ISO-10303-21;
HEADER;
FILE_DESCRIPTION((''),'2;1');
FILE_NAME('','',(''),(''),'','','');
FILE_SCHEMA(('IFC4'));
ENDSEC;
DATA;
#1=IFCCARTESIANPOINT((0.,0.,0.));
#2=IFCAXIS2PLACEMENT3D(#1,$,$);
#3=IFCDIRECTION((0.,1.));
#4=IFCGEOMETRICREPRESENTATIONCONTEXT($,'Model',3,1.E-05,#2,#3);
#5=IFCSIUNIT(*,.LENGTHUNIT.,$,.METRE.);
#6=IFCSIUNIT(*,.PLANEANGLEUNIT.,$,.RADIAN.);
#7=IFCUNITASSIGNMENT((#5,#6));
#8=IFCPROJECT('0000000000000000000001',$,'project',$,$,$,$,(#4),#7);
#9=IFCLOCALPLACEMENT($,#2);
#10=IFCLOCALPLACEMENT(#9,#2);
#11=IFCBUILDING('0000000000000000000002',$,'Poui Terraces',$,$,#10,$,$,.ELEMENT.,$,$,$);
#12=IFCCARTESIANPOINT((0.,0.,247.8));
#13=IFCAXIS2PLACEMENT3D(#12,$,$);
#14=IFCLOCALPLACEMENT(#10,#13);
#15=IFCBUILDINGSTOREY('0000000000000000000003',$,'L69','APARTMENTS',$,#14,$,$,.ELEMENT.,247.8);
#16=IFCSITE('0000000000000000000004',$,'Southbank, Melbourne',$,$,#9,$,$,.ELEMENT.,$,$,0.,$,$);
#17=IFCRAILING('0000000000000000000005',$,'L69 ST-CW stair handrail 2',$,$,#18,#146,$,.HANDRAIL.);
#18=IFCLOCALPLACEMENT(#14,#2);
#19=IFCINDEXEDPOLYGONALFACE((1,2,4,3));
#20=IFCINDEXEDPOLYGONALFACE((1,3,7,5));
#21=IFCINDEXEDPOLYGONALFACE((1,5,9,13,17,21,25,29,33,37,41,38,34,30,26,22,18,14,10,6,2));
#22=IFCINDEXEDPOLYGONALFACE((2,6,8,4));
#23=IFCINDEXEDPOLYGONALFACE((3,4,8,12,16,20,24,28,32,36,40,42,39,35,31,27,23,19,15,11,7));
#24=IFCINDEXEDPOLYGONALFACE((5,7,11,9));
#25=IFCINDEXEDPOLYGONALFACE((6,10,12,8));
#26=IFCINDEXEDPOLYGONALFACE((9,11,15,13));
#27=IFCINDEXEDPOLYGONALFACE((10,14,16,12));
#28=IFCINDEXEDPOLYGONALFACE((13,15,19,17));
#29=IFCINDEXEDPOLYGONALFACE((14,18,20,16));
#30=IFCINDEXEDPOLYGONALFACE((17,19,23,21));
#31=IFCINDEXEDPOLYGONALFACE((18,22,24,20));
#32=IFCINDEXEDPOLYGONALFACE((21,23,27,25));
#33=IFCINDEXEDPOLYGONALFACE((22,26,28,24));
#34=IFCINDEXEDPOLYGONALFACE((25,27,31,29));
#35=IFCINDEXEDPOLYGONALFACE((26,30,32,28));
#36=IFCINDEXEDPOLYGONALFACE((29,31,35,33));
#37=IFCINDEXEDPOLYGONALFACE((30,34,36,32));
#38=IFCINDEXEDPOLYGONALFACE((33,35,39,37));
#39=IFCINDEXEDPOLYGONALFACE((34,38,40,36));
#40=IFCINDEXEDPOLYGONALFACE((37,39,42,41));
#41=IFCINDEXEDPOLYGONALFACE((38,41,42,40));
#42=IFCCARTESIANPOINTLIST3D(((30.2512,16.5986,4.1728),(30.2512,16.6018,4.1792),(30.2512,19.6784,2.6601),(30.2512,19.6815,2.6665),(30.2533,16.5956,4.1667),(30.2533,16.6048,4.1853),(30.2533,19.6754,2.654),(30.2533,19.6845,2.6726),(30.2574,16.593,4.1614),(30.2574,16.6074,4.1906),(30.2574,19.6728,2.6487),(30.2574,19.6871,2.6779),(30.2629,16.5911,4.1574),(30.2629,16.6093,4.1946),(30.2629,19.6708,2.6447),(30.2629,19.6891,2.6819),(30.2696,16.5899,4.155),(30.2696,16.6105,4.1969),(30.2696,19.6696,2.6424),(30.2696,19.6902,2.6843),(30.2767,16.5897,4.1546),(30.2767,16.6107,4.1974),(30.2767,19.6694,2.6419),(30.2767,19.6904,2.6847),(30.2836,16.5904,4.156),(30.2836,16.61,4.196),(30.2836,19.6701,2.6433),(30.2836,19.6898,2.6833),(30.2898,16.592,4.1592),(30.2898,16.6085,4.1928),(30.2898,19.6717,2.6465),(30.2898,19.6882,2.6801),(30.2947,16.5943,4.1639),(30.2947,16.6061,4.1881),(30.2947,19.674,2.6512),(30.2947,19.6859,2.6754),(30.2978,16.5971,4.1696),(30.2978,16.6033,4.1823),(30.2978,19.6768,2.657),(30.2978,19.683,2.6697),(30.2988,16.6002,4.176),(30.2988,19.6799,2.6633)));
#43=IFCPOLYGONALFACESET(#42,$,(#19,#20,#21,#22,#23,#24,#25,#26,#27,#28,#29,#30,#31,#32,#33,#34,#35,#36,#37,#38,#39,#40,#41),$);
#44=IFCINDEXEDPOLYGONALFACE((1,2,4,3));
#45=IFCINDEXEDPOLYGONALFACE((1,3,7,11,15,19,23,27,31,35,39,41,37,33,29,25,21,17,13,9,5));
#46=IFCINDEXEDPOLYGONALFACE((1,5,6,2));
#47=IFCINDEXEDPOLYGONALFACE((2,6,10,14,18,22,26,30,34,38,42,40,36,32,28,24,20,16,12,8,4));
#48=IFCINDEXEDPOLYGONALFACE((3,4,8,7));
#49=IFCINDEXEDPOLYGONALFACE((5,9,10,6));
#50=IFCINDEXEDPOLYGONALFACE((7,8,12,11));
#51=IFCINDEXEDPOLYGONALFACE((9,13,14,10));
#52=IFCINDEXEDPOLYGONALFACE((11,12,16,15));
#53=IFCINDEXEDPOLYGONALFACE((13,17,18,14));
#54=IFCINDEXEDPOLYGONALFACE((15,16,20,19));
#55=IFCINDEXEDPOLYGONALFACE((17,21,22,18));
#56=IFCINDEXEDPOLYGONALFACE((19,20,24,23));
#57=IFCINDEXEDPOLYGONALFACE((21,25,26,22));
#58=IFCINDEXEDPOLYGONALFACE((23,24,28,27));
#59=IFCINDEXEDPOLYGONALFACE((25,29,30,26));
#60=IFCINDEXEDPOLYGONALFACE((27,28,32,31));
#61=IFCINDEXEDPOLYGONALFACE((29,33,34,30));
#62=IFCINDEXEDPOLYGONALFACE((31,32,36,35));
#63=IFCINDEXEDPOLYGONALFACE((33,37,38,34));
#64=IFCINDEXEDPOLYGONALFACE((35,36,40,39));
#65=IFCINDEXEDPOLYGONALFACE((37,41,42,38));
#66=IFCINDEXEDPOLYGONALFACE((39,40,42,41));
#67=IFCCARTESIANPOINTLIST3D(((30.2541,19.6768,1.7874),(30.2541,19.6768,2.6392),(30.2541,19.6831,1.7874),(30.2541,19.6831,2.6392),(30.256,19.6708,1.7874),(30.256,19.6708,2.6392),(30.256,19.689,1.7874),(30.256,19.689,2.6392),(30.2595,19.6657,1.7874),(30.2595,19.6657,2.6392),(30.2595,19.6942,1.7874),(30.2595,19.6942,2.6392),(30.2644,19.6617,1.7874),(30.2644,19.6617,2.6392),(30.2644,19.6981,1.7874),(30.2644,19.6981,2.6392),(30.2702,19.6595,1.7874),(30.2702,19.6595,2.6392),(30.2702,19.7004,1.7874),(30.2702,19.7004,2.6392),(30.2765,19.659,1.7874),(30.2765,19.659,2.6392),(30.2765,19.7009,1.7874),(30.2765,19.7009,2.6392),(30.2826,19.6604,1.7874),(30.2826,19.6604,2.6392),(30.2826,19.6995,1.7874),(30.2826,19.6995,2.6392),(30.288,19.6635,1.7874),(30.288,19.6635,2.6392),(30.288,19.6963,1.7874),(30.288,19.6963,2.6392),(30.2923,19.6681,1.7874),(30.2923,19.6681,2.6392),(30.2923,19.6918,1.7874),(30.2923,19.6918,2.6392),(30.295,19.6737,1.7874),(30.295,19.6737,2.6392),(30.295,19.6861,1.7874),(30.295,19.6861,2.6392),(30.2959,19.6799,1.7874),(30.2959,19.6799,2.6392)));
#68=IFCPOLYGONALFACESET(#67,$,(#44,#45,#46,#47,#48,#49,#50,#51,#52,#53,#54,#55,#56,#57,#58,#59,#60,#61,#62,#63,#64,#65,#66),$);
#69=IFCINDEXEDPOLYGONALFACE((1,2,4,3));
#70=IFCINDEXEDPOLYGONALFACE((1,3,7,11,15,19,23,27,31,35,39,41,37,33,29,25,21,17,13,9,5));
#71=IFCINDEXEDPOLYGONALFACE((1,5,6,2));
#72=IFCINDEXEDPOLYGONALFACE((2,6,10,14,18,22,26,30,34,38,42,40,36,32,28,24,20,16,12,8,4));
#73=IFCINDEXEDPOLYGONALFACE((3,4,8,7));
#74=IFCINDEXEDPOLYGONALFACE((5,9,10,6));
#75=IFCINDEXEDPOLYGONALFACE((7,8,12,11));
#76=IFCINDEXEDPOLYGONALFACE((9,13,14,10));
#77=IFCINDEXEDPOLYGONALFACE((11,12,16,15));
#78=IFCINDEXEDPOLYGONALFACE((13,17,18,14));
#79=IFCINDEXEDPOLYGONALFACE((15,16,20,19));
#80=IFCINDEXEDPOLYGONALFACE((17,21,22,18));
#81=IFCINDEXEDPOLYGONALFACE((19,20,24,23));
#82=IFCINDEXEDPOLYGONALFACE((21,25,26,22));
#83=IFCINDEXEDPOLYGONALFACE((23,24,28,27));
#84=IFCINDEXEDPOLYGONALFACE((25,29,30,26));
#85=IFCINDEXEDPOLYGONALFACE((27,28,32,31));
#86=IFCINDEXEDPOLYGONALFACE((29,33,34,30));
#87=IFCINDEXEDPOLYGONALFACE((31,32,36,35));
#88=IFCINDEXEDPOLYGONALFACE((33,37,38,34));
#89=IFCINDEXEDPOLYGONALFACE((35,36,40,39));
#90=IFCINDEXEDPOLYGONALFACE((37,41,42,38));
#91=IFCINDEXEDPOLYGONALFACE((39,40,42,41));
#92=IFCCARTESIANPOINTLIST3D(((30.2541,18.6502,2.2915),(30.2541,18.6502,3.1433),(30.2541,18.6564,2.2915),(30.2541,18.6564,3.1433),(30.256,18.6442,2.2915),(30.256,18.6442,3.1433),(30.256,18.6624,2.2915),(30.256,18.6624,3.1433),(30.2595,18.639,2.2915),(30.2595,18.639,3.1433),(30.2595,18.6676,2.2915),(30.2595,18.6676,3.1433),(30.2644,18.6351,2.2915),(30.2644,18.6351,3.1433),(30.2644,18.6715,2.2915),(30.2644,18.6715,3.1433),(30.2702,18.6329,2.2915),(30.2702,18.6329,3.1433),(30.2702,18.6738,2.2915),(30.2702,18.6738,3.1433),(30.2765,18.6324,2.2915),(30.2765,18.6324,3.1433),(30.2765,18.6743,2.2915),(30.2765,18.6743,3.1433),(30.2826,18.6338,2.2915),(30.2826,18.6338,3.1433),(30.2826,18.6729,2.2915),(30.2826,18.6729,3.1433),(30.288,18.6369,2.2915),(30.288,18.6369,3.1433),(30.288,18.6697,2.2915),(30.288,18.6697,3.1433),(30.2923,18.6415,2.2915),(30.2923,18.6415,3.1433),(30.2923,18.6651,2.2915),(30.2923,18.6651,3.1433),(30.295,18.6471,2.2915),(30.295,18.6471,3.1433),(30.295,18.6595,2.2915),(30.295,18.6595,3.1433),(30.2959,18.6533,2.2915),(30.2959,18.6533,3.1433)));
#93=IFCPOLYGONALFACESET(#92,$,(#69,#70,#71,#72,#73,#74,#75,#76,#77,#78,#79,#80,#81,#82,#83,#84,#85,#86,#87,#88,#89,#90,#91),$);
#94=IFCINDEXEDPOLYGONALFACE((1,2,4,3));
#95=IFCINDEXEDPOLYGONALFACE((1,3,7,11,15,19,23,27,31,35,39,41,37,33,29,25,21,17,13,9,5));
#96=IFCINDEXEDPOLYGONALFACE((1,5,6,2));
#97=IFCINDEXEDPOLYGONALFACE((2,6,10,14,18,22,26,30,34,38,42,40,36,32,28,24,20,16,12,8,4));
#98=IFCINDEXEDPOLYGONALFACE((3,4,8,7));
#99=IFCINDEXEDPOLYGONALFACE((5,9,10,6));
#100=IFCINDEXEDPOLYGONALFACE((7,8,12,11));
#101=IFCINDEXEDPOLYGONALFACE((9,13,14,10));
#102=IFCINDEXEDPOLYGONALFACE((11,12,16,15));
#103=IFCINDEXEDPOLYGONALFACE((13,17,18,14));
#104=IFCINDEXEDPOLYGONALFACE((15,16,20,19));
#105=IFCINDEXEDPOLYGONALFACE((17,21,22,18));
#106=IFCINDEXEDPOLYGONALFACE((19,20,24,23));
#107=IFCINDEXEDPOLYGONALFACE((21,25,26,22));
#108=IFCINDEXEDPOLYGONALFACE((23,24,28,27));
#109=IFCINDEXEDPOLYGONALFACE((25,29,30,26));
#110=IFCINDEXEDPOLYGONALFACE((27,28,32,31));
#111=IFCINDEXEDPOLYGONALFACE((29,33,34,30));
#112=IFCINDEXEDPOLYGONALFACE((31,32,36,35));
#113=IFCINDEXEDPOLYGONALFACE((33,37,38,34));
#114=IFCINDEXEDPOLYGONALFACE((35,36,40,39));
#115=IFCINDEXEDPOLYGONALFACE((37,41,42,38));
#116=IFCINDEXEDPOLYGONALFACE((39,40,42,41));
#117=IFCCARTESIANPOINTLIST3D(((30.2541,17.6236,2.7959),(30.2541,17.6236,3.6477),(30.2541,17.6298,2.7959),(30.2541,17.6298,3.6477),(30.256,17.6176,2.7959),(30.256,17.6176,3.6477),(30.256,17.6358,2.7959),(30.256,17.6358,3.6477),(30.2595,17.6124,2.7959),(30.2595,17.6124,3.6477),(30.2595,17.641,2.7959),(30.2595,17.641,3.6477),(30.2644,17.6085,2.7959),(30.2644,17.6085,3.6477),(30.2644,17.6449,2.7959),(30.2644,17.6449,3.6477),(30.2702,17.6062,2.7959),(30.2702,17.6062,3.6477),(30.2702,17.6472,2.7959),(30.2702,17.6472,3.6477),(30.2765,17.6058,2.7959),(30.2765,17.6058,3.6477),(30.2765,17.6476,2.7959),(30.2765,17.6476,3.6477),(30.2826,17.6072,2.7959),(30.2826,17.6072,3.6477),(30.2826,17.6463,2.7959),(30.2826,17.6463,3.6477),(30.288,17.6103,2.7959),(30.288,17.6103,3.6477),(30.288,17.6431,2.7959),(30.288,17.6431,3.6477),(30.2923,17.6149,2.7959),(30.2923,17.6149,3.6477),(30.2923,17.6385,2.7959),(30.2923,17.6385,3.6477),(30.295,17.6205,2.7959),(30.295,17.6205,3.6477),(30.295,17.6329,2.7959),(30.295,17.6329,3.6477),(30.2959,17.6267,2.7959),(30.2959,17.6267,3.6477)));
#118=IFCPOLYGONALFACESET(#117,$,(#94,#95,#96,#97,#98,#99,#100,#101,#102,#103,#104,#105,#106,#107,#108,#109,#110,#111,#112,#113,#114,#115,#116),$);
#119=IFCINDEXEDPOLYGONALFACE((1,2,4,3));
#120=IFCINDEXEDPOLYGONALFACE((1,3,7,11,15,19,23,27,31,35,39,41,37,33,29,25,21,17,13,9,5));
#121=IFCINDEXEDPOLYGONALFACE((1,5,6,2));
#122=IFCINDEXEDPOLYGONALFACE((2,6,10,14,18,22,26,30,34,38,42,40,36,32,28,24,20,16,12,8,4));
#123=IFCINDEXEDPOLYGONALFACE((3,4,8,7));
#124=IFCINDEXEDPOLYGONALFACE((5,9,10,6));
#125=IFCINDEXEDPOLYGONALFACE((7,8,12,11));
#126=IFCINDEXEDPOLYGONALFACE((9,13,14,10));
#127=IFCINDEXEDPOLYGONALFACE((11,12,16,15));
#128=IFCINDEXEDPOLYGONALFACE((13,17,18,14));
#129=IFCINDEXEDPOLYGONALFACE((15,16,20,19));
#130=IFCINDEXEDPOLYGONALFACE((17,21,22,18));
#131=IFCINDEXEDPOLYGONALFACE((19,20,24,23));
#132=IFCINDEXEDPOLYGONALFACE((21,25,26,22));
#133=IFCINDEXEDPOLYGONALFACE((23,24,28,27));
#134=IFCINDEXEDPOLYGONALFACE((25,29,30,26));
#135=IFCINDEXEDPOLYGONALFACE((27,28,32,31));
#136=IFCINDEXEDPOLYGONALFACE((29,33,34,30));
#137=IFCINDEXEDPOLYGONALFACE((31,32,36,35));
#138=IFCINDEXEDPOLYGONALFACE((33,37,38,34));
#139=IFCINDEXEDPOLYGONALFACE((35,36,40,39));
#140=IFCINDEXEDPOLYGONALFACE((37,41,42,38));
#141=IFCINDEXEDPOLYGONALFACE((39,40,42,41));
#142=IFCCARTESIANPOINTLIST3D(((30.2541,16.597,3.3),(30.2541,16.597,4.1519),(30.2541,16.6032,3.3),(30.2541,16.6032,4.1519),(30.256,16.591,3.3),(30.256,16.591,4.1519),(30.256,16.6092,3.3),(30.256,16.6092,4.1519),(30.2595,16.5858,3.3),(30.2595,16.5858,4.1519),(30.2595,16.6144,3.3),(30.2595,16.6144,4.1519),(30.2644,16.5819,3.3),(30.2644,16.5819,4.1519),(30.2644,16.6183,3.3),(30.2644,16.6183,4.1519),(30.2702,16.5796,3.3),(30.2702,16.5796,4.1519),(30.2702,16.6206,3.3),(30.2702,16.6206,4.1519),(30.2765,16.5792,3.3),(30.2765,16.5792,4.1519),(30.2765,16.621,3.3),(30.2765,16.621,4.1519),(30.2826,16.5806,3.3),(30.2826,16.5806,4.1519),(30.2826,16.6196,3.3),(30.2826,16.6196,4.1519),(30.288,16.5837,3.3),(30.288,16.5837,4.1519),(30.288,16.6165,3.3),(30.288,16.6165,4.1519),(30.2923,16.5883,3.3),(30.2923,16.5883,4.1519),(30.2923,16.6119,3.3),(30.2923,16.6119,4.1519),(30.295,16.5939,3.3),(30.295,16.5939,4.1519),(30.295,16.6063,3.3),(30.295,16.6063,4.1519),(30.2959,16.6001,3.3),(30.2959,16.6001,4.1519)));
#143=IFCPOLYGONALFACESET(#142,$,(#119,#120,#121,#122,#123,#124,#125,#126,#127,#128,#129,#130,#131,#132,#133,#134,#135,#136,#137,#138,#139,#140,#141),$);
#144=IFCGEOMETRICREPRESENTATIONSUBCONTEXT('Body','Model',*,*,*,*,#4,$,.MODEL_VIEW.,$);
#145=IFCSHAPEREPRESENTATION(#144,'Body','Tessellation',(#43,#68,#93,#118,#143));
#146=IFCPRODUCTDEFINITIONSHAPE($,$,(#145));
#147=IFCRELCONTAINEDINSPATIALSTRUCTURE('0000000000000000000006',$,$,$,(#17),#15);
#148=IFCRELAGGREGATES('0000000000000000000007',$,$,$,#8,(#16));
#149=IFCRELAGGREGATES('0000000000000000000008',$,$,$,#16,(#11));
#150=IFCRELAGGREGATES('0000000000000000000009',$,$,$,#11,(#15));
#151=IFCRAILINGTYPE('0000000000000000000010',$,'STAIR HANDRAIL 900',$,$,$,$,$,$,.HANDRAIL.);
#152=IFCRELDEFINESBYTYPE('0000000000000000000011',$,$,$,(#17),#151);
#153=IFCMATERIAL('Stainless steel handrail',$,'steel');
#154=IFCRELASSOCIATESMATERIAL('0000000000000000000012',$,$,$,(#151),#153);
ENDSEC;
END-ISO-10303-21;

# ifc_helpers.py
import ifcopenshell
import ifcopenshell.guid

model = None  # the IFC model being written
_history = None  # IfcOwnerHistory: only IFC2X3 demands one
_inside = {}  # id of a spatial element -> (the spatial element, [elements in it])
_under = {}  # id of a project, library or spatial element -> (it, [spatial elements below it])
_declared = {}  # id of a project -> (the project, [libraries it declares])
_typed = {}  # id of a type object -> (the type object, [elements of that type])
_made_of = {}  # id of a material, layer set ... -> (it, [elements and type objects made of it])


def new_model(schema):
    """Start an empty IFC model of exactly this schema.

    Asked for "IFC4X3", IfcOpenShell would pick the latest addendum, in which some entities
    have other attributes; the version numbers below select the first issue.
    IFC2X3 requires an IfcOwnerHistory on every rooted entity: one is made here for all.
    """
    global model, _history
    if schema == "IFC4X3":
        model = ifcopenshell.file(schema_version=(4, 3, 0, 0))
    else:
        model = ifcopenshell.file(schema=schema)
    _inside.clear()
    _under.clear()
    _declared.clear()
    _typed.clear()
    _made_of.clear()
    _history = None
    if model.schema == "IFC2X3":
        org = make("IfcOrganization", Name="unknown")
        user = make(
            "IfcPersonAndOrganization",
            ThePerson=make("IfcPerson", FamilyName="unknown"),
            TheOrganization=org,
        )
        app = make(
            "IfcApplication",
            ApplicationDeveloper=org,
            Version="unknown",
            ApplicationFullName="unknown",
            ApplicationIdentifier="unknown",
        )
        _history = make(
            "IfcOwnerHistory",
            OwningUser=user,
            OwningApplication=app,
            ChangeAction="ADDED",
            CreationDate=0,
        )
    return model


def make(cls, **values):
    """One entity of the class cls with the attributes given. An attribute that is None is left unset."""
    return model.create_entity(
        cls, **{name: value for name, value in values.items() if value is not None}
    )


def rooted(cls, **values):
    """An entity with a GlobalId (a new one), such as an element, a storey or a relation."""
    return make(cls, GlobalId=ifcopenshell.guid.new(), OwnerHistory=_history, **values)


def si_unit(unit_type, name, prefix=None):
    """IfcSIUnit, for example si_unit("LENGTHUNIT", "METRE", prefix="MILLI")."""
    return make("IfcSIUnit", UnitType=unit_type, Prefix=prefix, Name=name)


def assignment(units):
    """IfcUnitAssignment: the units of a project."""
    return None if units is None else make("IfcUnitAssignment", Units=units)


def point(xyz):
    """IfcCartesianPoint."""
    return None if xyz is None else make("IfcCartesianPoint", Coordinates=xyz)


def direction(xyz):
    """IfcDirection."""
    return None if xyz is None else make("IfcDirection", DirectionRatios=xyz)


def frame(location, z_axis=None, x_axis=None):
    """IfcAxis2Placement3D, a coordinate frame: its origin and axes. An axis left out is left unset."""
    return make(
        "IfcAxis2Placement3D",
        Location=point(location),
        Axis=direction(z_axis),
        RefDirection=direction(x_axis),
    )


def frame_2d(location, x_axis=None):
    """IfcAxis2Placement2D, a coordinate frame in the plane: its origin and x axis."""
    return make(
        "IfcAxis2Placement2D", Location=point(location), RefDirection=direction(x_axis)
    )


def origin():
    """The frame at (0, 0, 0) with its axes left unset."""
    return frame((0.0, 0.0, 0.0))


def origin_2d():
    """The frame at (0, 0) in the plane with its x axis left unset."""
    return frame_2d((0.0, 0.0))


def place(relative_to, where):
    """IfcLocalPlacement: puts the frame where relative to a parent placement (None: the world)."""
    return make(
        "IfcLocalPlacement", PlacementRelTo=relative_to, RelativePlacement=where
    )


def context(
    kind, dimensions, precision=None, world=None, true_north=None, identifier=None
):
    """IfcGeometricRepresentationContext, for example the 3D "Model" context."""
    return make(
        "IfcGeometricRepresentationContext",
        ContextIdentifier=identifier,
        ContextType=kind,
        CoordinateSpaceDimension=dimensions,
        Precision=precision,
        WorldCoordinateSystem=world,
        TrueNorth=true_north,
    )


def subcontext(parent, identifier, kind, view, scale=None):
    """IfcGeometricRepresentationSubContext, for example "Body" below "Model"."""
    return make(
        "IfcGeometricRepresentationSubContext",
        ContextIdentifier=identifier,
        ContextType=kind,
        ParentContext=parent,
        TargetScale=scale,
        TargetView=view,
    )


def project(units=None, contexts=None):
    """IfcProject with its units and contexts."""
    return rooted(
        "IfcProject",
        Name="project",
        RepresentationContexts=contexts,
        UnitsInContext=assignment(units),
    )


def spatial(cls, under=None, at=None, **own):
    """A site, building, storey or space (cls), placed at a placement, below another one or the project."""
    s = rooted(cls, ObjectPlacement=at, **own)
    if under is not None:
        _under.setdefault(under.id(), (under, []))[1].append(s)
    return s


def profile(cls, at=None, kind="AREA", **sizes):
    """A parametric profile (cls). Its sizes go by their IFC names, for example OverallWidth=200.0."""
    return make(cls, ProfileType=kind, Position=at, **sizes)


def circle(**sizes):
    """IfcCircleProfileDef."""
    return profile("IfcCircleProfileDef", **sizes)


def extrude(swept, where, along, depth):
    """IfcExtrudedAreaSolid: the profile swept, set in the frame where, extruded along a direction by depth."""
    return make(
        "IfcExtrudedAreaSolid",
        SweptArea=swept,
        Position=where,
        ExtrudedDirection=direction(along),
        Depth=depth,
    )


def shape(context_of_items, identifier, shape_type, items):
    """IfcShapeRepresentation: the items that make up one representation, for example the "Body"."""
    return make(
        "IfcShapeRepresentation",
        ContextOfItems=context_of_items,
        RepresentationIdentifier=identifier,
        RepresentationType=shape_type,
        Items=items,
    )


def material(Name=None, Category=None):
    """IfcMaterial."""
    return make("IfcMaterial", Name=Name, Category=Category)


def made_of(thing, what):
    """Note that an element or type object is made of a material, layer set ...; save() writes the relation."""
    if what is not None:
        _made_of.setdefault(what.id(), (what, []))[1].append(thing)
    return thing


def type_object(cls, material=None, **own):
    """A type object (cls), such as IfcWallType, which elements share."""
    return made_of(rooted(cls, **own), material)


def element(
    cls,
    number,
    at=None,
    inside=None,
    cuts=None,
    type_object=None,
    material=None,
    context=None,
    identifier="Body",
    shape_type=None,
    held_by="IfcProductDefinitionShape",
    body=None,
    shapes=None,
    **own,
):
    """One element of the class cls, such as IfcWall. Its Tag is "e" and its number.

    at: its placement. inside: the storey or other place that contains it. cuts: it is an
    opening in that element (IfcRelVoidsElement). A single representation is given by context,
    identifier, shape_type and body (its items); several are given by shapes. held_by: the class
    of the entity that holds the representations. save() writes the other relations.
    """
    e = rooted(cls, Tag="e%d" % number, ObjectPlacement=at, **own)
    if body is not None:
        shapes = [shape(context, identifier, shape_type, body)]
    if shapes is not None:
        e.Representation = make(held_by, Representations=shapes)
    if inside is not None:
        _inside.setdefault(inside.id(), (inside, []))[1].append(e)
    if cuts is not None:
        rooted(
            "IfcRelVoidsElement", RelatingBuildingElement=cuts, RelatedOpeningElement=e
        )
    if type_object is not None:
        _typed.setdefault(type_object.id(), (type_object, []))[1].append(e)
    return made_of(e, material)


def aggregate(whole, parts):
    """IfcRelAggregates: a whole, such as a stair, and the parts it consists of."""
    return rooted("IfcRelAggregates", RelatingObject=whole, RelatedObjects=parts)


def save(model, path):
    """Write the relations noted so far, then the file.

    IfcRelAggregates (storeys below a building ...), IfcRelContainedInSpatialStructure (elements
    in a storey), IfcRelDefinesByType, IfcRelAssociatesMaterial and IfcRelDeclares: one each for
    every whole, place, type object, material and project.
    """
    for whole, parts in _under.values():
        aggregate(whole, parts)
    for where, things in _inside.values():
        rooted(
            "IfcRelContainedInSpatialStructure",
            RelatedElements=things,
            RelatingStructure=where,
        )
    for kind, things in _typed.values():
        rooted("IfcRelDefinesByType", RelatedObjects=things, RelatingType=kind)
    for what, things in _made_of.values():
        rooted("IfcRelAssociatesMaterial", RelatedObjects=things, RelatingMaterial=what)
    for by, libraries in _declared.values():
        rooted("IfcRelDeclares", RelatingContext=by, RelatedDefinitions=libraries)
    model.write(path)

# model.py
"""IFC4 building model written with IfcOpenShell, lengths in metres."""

from ifc_helpers import new_model, si_unit, direction, frame, origin, origin_2d, place, context, subcontext, project, spatial, circle, extrude, material, type_object, element, save


model = new_model("IFC4")

# Units and contexts
model_context = context("Model", 3, precision=1e-05, world=origin(), true_north=direction((0.0, 1.0)))
body_context = subcontext(model_context, "Body", "Model", "MODEL_VIEW")
ifc_project = project(units=[si_unit("LENGTHUNIT", "METRE"), si_unit("PLANEANGLEUNIT", "RADIAN")], contexts=[model_context])

# Site, building, storey
site_placement = place(None, origin())
site = spatial("IfcSite", under=ifc_project, at=site_placement, Name="Southbank, Melbourne", CompositionType="ELEMENT", RefElevation=0.0)
building_placement = place(site_placement, origin())
building = spatial("IfcBuilding", under=site, at=building_placement, Name="Poui Terraces", CompositionType="ELEMENT")
storey_placement = place(building_placement, frame((0.0, 0.0, 247.8)))
storey = spatial("IfcBuildingStorey", under=building, at=storey_placement, Name="L69", Description="APARTMENTS", CompositionType="ELEMENT", Elevation=247.8)

# Railing
ifc_material_1 = material(Name="Stainless steel handrail", Category="steel")
railing_type_1 = type_object("IfcRailingType", Name="STAIR HANDRAIL 900", PredefinedType="HANDRAIL", material=ifc_material_1)
railing_1_placement = place(storey_placement, frame((30.2749, 19.6799, 1.7874)))
element("IfcRailing", 1, at=railing_1_placement, inside=storey, type_object=railing_type_1, Name="L69 ST-CW stair handrail 2", PredefinedType="HANDRAIL", context=body_context, shape_type="SweptSolid", body=[
    extrude(circle(Radius=0.0239, at=origin_2d()), frame((0.0, 0.0, 0.876), z_axis=(0.0, -0.897578, 0.440856), x_axis=(1.0, 0.0, 0.0)), (0.0, 0.0, 1.0), 3.4312),
    extrude(circle(Radius=0.021, at=origin_2d()), origin(), (0.0, 0.0, 1.0), 0.8518),
    extrude(circle(Radius=0.021, at=origin_2d()), frame((0.0, -1.0266, 0.5042)), (0.0, 0.0, 1.0), 0.8518),
    extrude(circle(Radius=0.021, at=origin_2d()), frame((0.0, -2.0532, 1.0085)), (0.0, 0.0, 1.0), 0.8518),
    extrude(circle(Radius=0.021, at=origin_2d()), frame((0.0, -3.0798, 1.5127)), (0.0, 0.0, 1.0), 0.8518),
])

save(model, "model.ifc")
